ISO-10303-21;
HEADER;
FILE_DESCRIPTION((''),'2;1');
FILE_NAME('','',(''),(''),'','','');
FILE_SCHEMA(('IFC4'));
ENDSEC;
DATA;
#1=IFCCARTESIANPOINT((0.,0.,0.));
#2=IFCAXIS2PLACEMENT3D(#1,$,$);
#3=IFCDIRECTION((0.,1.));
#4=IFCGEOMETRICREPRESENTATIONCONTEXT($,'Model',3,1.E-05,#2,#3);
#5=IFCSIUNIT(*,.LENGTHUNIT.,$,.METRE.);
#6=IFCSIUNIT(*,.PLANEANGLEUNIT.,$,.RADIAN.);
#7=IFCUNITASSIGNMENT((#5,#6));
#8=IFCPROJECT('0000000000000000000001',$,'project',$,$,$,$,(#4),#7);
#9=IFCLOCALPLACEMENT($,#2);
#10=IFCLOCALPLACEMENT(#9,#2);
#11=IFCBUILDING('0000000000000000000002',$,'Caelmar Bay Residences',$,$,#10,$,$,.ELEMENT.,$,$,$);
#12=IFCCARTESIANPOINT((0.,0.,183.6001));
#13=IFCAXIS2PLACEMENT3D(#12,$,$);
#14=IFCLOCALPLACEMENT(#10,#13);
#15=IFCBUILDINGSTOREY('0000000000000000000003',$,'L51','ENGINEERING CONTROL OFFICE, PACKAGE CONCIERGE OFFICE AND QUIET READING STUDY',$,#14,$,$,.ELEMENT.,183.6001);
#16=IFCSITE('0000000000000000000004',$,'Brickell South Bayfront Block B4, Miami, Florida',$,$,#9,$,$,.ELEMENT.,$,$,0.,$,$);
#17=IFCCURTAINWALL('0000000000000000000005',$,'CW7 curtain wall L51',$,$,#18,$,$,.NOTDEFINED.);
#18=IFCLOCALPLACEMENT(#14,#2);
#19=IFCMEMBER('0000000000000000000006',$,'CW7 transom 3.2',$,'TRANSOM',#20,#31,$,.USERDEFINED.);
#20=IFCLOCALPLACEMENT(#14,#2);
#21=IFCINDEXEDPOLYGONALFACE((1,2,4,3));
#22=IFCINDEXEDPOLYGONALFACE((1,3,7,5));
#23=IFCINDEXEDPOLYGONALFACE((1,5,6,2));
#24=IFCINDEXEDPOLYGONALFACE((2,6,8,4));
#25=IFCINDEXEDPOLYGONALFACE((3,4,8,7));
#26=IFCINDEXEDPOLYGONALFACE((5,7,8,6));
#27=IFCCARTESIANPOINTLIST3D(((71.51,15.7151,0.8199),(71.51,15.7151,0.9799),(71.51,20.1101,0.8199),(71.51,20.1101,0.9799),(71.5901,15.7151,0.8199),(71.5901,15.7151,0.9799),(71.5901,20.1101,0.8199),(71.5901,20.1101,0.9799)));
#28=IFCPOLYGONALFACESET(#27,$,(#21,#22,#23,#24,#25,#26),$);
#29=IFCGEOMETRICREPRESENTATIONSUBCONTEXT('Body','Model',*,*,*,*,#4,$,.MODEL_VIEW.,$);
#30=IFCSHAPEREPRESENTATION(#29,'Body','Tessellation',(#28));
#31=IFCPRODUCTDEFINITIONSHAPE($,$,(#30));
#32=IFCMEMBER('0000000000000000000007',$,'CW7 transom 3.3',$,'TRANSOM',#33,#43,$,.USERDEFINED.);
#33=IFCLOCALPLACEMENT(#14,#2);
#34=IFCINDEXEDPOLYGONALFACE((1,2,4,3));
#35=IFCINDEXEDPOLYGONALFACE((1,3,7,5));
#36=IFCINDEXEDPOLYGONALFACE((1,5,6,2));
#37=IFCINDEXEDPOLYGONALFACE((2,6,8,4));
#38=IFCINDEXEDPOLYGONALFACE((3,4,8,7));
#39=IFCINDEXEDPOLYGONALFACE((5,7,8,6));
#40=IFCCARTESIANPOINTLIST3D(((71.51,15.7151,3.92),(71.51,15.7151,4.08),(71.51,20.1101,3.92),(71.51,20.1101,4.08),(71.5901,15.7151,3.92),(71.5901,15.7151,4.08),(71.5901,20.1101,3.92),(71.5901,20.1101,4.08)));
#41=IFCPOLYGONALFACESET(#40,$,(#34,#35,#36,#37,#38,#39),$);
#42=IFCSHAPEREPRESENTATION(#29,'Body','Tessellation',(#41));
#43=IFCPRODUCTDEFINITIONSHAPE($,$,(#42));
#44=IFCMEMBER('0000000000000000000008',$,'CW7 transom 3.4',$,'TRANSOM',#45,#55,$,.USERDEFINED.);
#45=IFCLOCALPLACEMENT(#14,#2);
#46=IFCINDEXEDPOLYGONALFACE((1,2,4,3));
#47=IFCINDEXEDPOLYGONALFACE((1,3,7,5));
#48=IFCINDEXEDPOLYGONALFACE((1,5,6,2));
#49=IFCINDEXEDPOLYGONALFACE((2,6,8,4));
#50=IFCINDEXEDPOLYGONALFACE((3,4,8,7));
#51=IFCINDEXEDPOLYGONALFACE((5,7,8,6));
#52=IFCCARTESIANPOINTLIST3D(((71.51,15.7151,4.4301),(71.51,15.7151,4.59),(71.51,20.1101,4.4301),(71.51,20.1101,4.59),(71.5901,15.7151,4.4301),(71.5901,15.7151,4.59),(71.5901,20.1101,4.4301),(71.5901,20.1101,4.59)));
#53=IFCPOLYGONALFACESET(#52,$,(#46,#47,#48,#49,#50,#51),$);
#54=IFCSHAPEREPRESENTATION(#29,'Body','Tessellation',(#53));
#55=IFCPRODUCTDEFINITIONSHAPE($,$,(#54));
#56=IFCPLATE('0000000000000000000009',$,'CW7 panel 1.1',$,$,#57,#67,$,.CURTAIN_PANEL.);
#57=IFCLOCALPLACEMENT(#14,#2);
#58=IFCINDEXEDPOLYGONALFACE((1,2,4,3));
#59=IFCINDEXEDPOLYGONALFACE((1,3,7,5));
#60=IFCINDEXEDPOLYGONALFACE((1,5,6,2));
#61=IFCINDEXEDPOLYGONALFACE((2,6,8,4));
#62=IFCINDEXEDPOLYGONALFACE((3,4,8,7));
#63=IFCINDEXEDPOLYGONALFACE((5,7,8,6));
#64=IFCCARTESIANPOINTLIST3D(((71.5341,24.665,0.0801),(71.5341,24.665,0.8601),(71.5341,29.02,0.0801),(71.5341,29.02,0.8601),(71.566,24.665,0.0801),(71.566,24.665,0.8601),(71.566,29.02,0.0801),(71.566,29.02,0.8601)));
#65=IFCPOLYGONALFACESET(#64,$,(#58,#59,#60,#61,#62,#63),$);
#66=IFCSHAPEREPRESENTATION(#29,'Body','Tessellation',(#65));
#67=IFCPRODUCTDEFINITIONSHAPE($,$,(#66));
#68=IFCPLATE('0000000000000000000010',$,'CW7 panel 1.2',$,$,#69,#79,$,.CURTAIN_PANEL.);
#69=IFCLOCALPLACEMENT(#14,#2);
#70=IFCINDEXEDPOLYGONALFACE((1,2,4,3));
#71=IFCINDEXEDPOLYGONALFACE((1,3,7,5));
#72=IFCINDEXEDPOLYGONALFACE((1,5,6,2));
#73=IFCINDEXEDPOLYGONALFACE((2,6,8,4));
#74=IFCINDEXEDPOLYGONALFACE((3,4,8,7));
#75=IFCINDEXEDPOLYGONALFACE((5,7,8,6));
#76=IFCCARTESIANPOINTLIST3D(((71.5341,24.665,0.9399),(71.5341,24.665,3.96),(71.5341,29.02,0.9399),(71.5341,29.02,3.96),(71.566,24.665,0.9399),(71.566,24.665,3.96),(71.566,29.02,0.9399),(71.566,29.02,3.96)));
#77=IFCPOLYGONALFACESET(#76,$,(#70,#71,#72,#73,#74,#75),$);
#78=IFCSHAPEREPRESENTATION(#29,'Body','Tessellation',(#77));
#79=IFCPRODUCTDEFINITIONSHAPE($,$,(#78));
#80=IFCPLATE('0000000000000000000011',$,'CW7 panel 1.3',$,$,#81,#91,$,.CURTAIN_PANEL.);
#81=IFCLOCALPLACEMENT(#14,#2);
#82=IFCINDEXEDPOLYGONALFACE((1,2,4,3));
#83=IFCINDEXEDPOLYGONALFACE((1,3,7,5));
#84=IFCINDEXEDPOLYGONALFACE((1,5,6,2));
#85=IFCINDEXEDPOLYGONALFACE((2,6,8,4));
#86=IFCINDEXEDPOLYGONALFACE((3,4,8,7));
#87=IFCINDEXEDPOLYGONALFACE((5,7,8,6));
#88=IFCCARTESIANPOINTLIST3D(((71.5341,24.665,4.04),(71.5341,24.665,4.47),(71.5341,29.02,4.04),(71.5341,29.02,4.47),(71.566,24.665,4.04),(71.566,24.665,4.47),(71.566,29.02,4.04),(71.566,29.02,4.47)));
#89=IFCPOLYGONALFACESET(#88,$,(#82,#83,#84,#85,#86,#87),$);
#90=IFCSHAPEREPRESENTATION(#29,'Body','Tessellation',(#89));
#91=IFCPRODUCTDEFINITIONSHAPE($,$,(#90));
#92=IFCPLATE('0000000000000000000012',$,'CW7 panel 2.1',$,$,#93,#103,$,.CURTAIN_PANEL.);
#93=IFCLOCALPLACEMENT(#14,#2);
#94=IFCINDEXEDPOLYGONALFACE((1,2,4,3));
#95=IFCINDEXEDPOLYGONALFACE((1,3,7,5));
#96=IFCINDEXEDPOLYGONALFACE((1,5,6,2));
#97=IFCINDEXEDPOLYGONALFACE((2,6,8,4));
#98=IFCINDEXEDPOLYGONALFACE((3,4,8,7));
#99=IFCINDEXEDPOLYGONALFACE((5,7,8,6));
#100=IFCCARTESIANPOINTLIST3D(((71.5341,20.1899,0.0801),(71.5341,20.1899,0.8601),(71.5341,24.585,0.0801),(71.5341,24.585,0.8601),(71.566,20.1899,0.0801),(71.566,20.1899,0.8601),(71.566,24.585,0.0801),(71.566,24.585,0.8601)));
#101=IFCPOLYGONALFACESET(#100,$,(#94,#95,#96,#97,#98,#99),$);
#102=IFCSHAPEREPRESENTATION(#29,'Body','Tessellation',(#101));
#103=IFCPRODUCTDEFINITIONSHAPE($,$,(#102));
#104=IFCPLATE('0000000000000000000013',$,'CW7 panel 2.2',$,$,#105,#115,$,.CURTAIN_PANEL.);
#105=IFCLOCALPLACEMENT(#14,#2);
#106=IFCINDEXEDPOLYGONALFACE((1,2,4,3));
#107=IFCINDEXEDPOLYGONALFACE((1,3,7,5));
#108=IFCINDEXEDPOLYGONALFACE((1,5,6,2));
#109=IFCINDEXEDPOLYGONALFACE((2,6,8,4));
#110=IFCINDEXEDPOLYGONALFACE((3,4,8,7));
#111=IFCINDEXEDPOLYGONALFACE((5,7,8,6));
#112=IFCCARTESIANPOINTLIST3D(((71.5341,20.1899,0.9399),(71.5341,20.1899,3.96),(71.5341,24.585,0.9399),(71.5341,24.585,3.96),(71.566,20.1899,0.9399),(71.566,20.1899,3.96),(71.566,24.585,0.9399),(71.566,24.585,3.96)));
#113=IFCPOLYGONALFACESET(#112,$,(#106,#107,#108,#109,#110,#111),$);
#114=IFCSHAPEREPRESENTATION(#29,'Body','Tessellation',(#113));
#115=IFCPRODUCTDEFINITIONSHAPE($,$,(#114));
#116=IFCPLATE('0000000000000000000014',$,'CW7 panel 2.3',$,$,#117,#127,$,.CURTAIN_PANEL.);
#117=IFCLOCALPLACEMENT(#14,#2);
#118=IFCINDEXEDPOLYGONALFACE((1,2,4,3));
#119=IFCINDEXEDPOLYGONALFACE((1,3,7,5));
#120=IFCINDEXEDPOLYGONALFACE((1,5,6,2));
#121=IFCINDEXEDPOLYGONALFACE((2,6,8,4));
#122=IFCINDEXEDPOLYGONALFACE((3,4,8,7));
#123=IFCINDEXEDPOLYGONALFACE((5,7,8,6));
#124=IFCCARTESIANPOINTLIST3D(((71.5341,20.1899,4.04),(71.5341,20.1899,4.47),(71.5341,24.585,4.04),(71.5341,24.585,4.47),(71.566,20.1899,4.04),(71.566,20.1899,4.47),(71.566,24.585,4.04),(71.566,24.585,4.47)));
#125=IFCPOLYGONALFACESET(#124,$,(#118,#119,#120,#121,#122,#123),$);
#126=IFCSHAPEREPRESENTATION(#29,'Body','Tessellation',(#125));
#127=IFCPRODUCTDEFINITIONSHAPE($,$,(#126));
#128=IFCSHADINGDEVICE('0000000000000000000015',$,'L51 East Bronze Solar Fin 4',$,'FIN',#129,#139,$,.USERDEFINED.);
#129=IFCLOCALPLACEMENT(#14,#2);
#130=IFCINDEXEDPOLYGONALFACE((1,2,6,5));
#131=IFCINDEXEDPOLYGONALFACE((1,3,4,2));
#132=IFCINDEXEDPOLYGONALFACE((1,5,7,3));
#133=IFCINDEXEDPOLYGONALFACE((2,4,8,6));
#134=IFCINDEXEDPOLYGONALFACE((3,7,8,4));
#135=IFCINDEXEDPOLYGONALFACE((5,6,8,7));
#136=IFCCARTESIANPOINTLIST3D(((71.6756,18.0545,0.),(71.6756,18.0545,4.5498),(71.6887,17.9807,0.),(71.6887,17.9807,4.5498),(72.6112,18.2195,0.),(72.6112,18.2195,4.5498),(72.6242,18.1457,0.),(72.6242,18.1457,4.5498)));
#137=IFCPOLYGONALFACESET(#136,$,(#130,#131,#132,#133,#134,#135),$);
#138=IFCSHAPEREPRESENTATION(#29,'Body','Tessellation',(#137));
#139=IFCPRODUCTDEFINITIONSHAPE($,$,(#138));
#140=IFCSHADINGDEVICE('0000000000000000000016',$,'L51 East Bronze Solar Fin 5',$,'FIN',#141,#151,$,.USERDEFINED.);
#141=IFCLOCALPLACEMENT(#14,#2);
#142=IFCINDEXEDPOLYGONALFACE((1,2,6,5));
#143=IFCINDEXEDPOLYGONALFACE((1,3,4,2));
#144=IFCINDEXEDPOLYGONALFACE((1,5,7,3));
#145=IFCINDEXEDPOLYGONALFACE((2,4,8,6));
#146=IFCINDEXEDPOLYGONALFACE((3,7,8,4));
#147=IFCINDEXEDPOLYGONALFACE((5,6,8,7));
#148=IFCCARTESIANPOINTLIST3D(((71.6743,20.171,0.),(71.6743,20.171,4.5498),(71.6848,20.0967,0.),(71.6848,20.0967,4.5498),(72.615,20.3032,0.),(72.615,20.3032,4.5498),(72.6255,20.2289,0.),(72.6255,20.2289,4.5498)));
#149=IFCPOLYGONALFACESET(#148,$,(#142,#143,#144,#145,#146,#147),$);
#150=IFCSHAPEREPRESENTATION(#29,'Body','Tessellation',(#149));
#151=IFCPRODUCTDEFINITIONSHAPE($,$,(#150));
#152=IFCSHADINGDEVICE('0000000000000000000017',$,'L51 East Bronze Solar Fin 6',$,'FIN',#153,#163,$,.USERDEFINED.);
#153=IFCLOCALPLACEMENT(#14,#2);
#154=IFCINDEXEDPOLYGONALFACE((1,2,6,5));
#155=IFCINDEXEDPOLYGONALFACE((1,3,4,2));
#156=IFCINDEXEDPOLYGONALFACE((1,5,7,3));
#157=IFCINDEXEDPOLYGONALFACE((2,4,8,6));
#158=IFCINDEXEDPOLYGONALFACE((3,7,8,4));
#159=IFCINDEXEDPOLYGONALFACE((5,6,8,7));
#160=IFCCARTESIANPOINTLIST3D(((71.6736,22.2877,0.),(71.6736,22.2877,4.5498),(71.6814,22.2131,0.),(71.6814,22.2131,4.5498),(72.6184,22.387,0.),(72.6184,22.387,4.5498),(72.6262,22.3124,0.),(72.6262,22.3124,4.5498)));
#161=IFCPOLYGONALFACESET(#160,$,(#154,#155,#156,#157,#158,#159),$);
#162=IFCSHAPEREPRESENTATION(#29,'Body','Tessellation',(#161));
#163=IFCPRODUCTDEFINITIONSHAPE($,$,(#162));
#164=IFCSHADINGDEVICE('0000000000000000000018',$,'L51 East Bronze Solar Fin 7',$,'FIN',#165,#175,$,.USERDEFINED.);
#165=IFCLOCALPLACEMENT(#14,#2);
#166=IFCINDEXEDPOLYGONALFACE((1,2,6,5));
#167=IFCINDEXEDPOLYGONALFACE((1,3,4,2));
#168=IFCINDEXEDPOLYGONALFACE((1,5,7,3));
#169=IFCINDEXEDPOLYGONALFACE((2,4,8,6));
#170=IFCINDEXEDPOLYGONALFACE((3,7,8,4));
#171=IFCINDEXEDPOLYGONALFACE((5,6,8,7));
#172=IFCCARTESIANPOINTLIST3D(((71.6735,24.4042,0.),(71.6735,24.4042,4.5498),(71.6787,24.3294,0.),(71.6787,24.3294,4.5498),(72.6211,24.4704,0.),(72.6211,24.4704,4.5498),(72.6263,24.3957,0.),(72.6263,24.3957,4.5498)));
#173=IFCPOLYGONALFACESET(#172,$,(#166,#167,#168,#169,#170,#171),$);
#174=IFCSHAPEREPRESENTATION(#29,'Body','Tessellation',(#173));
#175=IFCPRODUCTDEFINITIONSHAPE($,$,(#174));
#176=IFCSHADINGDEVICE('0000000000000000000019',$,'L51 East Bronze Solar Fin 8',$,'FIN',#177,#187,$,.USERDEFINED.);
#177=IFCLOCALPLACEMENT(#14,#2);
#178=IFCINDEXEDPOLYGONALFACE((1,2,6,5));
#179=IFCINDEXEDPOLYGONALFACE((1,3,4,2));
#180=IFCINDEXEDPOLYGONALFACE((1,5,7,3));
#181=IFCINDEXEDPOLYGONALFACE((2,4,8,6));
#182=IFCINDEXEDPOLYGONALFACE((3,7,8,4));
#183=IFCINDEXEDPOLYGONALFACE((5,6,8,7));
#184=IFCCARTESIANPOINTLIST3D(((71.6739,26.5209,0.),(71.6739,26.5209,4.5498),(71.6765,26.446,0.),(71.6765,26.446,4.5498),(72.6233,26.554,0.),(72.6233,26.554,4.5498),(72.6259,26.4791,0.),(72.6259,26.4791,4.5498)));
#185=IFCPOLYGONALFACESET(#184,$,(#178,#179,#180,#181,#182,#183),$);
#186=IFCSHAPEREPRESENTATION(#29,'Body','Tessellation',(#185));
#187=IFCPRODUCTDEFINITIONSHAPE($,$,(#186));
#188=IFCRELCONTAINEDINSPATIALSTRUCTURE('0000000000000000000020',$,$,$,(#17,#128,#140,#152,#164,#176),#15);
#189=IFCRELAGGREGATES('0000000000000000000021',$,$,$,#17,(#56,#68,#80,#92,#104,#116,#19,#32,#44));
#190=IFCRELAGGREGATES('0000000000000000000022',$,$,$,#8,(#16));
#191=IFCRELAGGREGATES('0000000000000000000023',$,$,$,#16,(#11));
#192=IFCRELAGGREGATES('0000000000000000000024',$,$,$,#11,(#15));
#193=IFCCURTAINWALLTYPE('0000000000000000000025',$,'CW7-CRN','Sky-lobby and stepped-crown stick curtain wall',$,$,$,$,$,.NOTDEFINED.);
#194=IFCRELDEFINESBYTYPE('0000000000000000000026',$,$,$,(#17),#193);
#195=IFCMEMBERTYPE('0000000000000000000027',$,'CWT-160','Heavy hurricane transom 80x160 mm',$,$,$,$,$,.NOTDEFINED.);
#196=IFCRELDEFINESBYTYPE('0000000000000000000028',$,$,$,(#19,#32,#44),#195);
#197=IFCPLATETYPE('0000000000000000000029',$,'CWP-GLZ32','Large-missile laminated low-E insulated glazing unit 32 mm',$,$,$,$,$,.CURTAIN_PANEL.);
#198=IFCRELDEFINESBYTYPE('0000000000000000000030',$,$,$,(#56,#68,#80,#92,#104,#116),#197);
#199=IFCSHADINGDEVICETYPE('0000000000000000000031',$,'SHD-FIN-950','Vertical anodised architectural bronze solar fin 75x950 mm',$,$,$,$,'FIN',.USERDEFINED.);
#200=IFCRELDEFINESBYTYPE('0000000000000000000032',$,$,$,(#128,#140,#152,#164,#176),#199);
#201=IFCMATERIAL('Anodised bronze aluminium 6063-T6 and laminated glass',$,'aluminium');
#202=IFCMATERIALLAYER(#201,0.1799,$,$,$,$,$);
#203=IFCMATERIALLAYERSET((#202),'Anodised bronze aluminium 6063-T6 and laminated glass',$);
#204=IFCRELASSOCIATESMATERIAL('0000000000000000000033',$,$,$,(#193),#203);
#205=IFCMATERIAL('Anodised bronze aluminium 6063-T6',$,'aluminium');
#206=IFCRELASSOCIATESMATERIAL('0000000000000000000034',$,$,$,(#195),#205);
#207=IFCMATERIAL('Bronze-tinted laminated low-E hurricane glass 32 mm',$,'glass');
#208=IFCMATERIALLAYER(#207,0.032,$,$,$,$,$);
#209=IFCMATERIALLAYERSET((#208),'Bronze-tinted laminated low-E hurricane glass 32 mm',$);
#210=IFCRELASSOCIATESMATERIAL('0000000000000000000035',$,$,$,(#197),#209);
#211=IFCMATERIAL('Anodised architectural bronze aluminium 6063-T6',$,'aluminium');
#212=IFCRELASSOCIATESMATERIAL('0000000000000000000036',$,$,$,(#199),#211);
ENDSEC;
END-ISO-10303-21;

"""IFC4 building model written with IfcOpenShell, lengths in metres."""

from ifc_helpers import new_model, si_unit, direction, frame, origin, origin_2d, place, context, subcontext, project, spatial, rectangle, extrude, material, layer, layer_set, material_profile, profile_set, type_object, element, aggregate, save


model = new_model("IFC4")

# Units and contexts
model_context = context("Model", 3, precision=1e-05, world=origin(), true_north=direction((0.0, 1.0)))
body_context = subcontext(model_context, "Body", "Model", "MODEL_VIEW")
ifc_project = project(units=[si_unit("LENGTHUNIT", "METRE"), si_unit("PLANEANGLEUNIT", "RADIAN")], contexts=[model_context])

# Site, building, storey
site_placement = place(None, origin())
site = spatial("IfcSite", under=ifc_project, at=site_placement, Name="Brickell South Bayfront Block B4, Miami, Florida", CompositionType="ELEMENT", RefElevation=0.0)
building_placement = place(site_placement, origin())
building = spatial("IfcBuilding", under=site, at=building_placement, Name="Caelmar Bay Residences", CompositionType="ELEMENT")
storey_placement = place(building_placement, frame((0.0, 0.0, 183.6001)))
storey = spatial("IfcBuildingStorey", under=building, at=storey_placement, Name="L51", Description="ENGINEERING CONTROL OFFICE, PACKAGE CONCIERGE OFFICE AND QUIET READING STUDY", CompositionType="ELEMENT", Elevation=183.6001)

# Curtain wall, members, plates
ifc_material_1 = material(Name="Anodised bronze aluminium 6063-T6 and laminated glass", Category="aluminium")
ifc_layer_1 = layer(ifc_material_1, 0.1799)
ifc_layer_set_1 = layer_set([ifc_layer_1], Name="Anodised bronze aluminium 6063-T6 and laminated glass")
curtain_wall_type = type_object("IfcCurtainWallType", Name="CW7-CRN", Description="Sky-lobby and stepped-crown stick curtain wall", PredefinedType="NOTDEFINED", material=ifc_layer_set_1)
curtain_wall_placement = place(storey_placement, origin())
curtain_wall = element("IfcCurtainWall", 1, at=curtain_wall_placement, inside=storey, type_object=curtain_wall_type, Name="CW7 curtain wall L51", PredefinedType="NOTDEFINED")
ifc_material_2 = material(Name="Anodised bronze aluminium 6063-T6", Category="aluminium")
ifc_material_profile_1 = material_profile(ifc_material_2, rectangle(XDim=0.0801, YDim=0.1599, at=origin_2d()), Name="CWT-80X160")
ifc_profile_set_1 = profile_set([ifc_material_profile_1], Name="Anodised bronze aluminium 6063-T6")
member_type_1 = type_object("IfcMemberType", Name="CWT-160", Description="Heavy hurricane transom 80x160 mm", PredefinedType="NOTDEFINED", material=ifc_profile_set_1)
member_1_placement = place(storey_placement, frame((71.55, 20.1101, 0.8999), z_axis=(0.0, -1.0, 0.0), x_axis=(1.0, 0.0, 0.0)))
member_1 = element("IfcMember", 2, at=member_1_placement, type_object=member_type_1, Name="CW7 transom 3.2", ObjectType="TRANSOM", PredefinedType="USERDEFINED", context=body_context, shape_type="SweptSolid", body=[
    extrude(rectangle(XDim=0.0801, YDim=0.1599, at=origin_2d()), origin(), (0.0, 0.0, 1.0), 4.395),
])
member_2_placement = place(storey_placement, frame((71.55, 20.1101, 4.0), z_axis=(0.0, -1.0, 0.0), x_axis=(1.0, 0.0, 0.0)))
member_2 = element("IfcMember", 3, at=member_2_placement, type_object=member_type_1, Name="CW7 transom 3.3", ObjectType="TRANSOM", PredefinedType="USERDEFINED", context=body_context, shape_type="SweptSolid", body=[
    extrude(rectangle(XDim=0.0801, YDim=0.1599, at=origin_2d()), origin(), (0.0, 0.0, 1.0), 4.395),
])
member_3_placement = place(storey_placement, frame((71.55, 20.1101, 4.51), z_axis=(0.0, -1.0, 0.0), x_axis=(1.0, 0.0, 0.0)))
member_3 = element("IfcMember", 4, at=member_3_placement, type_object=member_type_1, Name="CW7 transom 3.4", ObjectType="TRANSOM", PredefinedType="USERDEFINED", context=body_context, shape_type="SweptSolid", body=[
    extrude(rectangle(XDim=0.0801, YDim=0.1599, at=origin_2d()), origin(), (0.0, 0.0, 1.0), 4.395),
])
ifc_material_3 = material(Name="Bronze-tinted laminated low-E hurricane glass 32 mm", Category="glass")
ifc_layer_2 = layer(ifc_material_3, 0.032)
ifc_layer_set_2 = layer_set([ifc_layer_2], Name="Bronze-tinted laminated low-E hurricane glass 32 mm")
plate_type = type_object("IfcPlateType", Name="CWP-GLZ32", Description="Large-missile laminated low-E insulated glazing unit 32 mm", PredefinedType="CURTAIN_PANEL", material=ifc_layer_set_2)
plate_1_placement = place(storey_placement, frame((71.55, 26.8425, 0.0801), z_axis=(0.0, 0.0, 1.0), x_axis=(0.0, -1.0, 0.0)))
plate_1 = element("IfcPlate", 5, at=plate_1_placement, type_object=plate_type, Name="CW7 panel 1.1", PredefinedType="CURTAIN_PANEL", context=body_context, shape_type="SweptSolid", body=[
    extrude(rectangle(XDim=4.355, YDim=0.032, at=origin_2d()), origin(), (0.0, 0.0, 1.0), 0.78),
])
plate_2_placement = place(storey_placement, frame((71.55, 26.8425, 0.9399), z_axis=(0.0, 0.0, 1.0), x_axis=(0.0, -1.0, 0.0)))
plate_2 = element("IfcPlate", 6, at=plate_2_placement, type_object=plate_type, Name="CW7 panel 1.2", PredefinedType="CURTAIN_PANEL", context=body_context, shape_type="SweptSolid", body=[
    extrude(rectangle(XDim=4.355, YDim=0.032, at=origin_2d()), origin(), (0.0, 0.0, 1.0), 3.02),
])
plate_3_placement = place(storey_placement, frame((71.55, 26.8425, 4.04), z_axis=(0.0, 0.0, 1.0), x_axis=(0.0, -1.0, 0.0)))
plate_3 = element("IfcPlate", 7, at=plate_3_placement, type_object=plate_type, Name="CW7 panel 1.3", PredefinedType="CURTAIN_PANEL", context=body_context, shape_type="SweptSolid", body=[
    extrude(rectangle(XDim=4.355, YDim=0.032, at=origin_2d()), origin(), (0.0, 0.0, 1.0), 0.4299),
])
plate_4_placement = place(storey_placement, frame((71.55, 22.3875, 0.0801), z_axis=(0.0, 0.0, 1.0), x_axis=(0.0, -1.0, 0.0)))
plate_4 = element("IfcPlate", 8, at=plate_4_placement, type_object=plate_type, Name="CW7 panel 2.1", PredefinedType="CURTAIN_PANEL", context=body_context, shape_type="SweptSolid", body=[
    extrude(rectangle(XDim=4.395, YDim=0.032, at=origin_2d()), origin(), (0.0, 0.0, 1.0), 0.78),
])
plate_5_placement = place(storey_placement, frame((71.55, 22.3875, 0.9399), z_axis=(0.0, 0.0, 1.0), x_axis=(0.0, -1.0, 0.0)))
plate_5 = element("IfcPlate", 9, at=plate_5_placement, type_object=plate_type, Name="CW7 panel 2.2", PredefinedType="CURTAIN_PANEL", context=body_context, shape_type="SweptSolid", body=[
    extrude(rectangle(XDim=4.395, YDim=0.032, at=origin_2d()), origin(), (0.0, 0.0, 1.0), 3.02),
])
plate_6_placement = place(storey_placement, frame((71.55, 22.3875, 4.04), z_axis=(0.0, 0.0, 1.0), x_axis=(0.0, -1.0, 0.0)))
plate_6 = element("IfcPlate", 10, at=plate_6_placement, type_object=plate_type, Name="CW7 panel 2.3", PredefinedType="CURTAIN_PANEL", context=body_context, shape_type="SweptSolid", body=[
    extrude(rectangle(XDim=4.395, YDim=0.032, at=origin_2d()), origin(), (0.0, 0.0, 1.0), 0.4299),
])
aggregate(curtain_wall, [plate_1, plate_2, plate_3, plate_4, plate_5, plate_6, member_1, member_2, member_3])

# Shading devices
ifc_material_4 = material(Name="Anodised architectural bronze aluminium 6063-T6", Category="aluminium")
ifc_material_profile_2 = material_profile(ifc_material_4, rectangle(XDim=0.075, YDim=0.95, at=origin_2d()), Name="BRONZE-FIN-75X950")
ifc_profile_set_2 = profile_set([ifc_material_profile_2], Name="Anodised architectural bronze aluminium 6063-T6")
shading_device_type = type_object("IfcShadingDeviceType", Name="SHD-FIN-950", Description="Vertical anodised architectural bronze solar fin 75x950 mm", ElementType="FIN", PredefinedType="USERDEFINED", material=ifc_profile_set_2)
for number, where, z_axis, x_axis, name in (
    (11, (72.1499, 18.1001, 0.0), (0.0, 0.0, 1.0), (-0.173648, 0.984808, 0.0), "L51 East Bronze Solar Fin 4"),
    (12, (72.1499, 20.2, 0.0), (0.0, 0.0, 1.0), (-0.139173, 0.990268, 0.0), "L51 East Bronze Solar Fin 5"),
    (13, (72.1499, 22.3, 0.0), (0.0, 0.0, 1.0), (-0.104528, 0.994522, 0.0), "L51 East Bronze Solar Fin 6"),
    (14, (72.1499, 24.3999, 0.0), (0.0, 0.0, 1.0), (-0.069756, 0.997564, 0.0), "L51 East Bronze Solar Fin 7"),
    (15, (72.1499, 26.5, 0.0), (0.0, 0.0, 1.0), (-0.034899, 0.999391, 0.0), "L51 East Bronze Solar Fin 8"),
):
    element("IfcShadingDevice", number, at=place(storey_placement, frame(where, z_axis=z_axis, x_axis=x_axis)), inside=storey, type_object=shading_device_type, Name=name, ObjectType="FIN", PredefinedType="USERDEFINED", context=body_context, shape_type="SweptSolid", body=[
        extrude(rectangle(XDim=0.075, YDim=0.95, at=origin_2d()), origin(), (0.0, 0.0, 1.0), 4.5498),
    ])

save(model, "model.ifc")
